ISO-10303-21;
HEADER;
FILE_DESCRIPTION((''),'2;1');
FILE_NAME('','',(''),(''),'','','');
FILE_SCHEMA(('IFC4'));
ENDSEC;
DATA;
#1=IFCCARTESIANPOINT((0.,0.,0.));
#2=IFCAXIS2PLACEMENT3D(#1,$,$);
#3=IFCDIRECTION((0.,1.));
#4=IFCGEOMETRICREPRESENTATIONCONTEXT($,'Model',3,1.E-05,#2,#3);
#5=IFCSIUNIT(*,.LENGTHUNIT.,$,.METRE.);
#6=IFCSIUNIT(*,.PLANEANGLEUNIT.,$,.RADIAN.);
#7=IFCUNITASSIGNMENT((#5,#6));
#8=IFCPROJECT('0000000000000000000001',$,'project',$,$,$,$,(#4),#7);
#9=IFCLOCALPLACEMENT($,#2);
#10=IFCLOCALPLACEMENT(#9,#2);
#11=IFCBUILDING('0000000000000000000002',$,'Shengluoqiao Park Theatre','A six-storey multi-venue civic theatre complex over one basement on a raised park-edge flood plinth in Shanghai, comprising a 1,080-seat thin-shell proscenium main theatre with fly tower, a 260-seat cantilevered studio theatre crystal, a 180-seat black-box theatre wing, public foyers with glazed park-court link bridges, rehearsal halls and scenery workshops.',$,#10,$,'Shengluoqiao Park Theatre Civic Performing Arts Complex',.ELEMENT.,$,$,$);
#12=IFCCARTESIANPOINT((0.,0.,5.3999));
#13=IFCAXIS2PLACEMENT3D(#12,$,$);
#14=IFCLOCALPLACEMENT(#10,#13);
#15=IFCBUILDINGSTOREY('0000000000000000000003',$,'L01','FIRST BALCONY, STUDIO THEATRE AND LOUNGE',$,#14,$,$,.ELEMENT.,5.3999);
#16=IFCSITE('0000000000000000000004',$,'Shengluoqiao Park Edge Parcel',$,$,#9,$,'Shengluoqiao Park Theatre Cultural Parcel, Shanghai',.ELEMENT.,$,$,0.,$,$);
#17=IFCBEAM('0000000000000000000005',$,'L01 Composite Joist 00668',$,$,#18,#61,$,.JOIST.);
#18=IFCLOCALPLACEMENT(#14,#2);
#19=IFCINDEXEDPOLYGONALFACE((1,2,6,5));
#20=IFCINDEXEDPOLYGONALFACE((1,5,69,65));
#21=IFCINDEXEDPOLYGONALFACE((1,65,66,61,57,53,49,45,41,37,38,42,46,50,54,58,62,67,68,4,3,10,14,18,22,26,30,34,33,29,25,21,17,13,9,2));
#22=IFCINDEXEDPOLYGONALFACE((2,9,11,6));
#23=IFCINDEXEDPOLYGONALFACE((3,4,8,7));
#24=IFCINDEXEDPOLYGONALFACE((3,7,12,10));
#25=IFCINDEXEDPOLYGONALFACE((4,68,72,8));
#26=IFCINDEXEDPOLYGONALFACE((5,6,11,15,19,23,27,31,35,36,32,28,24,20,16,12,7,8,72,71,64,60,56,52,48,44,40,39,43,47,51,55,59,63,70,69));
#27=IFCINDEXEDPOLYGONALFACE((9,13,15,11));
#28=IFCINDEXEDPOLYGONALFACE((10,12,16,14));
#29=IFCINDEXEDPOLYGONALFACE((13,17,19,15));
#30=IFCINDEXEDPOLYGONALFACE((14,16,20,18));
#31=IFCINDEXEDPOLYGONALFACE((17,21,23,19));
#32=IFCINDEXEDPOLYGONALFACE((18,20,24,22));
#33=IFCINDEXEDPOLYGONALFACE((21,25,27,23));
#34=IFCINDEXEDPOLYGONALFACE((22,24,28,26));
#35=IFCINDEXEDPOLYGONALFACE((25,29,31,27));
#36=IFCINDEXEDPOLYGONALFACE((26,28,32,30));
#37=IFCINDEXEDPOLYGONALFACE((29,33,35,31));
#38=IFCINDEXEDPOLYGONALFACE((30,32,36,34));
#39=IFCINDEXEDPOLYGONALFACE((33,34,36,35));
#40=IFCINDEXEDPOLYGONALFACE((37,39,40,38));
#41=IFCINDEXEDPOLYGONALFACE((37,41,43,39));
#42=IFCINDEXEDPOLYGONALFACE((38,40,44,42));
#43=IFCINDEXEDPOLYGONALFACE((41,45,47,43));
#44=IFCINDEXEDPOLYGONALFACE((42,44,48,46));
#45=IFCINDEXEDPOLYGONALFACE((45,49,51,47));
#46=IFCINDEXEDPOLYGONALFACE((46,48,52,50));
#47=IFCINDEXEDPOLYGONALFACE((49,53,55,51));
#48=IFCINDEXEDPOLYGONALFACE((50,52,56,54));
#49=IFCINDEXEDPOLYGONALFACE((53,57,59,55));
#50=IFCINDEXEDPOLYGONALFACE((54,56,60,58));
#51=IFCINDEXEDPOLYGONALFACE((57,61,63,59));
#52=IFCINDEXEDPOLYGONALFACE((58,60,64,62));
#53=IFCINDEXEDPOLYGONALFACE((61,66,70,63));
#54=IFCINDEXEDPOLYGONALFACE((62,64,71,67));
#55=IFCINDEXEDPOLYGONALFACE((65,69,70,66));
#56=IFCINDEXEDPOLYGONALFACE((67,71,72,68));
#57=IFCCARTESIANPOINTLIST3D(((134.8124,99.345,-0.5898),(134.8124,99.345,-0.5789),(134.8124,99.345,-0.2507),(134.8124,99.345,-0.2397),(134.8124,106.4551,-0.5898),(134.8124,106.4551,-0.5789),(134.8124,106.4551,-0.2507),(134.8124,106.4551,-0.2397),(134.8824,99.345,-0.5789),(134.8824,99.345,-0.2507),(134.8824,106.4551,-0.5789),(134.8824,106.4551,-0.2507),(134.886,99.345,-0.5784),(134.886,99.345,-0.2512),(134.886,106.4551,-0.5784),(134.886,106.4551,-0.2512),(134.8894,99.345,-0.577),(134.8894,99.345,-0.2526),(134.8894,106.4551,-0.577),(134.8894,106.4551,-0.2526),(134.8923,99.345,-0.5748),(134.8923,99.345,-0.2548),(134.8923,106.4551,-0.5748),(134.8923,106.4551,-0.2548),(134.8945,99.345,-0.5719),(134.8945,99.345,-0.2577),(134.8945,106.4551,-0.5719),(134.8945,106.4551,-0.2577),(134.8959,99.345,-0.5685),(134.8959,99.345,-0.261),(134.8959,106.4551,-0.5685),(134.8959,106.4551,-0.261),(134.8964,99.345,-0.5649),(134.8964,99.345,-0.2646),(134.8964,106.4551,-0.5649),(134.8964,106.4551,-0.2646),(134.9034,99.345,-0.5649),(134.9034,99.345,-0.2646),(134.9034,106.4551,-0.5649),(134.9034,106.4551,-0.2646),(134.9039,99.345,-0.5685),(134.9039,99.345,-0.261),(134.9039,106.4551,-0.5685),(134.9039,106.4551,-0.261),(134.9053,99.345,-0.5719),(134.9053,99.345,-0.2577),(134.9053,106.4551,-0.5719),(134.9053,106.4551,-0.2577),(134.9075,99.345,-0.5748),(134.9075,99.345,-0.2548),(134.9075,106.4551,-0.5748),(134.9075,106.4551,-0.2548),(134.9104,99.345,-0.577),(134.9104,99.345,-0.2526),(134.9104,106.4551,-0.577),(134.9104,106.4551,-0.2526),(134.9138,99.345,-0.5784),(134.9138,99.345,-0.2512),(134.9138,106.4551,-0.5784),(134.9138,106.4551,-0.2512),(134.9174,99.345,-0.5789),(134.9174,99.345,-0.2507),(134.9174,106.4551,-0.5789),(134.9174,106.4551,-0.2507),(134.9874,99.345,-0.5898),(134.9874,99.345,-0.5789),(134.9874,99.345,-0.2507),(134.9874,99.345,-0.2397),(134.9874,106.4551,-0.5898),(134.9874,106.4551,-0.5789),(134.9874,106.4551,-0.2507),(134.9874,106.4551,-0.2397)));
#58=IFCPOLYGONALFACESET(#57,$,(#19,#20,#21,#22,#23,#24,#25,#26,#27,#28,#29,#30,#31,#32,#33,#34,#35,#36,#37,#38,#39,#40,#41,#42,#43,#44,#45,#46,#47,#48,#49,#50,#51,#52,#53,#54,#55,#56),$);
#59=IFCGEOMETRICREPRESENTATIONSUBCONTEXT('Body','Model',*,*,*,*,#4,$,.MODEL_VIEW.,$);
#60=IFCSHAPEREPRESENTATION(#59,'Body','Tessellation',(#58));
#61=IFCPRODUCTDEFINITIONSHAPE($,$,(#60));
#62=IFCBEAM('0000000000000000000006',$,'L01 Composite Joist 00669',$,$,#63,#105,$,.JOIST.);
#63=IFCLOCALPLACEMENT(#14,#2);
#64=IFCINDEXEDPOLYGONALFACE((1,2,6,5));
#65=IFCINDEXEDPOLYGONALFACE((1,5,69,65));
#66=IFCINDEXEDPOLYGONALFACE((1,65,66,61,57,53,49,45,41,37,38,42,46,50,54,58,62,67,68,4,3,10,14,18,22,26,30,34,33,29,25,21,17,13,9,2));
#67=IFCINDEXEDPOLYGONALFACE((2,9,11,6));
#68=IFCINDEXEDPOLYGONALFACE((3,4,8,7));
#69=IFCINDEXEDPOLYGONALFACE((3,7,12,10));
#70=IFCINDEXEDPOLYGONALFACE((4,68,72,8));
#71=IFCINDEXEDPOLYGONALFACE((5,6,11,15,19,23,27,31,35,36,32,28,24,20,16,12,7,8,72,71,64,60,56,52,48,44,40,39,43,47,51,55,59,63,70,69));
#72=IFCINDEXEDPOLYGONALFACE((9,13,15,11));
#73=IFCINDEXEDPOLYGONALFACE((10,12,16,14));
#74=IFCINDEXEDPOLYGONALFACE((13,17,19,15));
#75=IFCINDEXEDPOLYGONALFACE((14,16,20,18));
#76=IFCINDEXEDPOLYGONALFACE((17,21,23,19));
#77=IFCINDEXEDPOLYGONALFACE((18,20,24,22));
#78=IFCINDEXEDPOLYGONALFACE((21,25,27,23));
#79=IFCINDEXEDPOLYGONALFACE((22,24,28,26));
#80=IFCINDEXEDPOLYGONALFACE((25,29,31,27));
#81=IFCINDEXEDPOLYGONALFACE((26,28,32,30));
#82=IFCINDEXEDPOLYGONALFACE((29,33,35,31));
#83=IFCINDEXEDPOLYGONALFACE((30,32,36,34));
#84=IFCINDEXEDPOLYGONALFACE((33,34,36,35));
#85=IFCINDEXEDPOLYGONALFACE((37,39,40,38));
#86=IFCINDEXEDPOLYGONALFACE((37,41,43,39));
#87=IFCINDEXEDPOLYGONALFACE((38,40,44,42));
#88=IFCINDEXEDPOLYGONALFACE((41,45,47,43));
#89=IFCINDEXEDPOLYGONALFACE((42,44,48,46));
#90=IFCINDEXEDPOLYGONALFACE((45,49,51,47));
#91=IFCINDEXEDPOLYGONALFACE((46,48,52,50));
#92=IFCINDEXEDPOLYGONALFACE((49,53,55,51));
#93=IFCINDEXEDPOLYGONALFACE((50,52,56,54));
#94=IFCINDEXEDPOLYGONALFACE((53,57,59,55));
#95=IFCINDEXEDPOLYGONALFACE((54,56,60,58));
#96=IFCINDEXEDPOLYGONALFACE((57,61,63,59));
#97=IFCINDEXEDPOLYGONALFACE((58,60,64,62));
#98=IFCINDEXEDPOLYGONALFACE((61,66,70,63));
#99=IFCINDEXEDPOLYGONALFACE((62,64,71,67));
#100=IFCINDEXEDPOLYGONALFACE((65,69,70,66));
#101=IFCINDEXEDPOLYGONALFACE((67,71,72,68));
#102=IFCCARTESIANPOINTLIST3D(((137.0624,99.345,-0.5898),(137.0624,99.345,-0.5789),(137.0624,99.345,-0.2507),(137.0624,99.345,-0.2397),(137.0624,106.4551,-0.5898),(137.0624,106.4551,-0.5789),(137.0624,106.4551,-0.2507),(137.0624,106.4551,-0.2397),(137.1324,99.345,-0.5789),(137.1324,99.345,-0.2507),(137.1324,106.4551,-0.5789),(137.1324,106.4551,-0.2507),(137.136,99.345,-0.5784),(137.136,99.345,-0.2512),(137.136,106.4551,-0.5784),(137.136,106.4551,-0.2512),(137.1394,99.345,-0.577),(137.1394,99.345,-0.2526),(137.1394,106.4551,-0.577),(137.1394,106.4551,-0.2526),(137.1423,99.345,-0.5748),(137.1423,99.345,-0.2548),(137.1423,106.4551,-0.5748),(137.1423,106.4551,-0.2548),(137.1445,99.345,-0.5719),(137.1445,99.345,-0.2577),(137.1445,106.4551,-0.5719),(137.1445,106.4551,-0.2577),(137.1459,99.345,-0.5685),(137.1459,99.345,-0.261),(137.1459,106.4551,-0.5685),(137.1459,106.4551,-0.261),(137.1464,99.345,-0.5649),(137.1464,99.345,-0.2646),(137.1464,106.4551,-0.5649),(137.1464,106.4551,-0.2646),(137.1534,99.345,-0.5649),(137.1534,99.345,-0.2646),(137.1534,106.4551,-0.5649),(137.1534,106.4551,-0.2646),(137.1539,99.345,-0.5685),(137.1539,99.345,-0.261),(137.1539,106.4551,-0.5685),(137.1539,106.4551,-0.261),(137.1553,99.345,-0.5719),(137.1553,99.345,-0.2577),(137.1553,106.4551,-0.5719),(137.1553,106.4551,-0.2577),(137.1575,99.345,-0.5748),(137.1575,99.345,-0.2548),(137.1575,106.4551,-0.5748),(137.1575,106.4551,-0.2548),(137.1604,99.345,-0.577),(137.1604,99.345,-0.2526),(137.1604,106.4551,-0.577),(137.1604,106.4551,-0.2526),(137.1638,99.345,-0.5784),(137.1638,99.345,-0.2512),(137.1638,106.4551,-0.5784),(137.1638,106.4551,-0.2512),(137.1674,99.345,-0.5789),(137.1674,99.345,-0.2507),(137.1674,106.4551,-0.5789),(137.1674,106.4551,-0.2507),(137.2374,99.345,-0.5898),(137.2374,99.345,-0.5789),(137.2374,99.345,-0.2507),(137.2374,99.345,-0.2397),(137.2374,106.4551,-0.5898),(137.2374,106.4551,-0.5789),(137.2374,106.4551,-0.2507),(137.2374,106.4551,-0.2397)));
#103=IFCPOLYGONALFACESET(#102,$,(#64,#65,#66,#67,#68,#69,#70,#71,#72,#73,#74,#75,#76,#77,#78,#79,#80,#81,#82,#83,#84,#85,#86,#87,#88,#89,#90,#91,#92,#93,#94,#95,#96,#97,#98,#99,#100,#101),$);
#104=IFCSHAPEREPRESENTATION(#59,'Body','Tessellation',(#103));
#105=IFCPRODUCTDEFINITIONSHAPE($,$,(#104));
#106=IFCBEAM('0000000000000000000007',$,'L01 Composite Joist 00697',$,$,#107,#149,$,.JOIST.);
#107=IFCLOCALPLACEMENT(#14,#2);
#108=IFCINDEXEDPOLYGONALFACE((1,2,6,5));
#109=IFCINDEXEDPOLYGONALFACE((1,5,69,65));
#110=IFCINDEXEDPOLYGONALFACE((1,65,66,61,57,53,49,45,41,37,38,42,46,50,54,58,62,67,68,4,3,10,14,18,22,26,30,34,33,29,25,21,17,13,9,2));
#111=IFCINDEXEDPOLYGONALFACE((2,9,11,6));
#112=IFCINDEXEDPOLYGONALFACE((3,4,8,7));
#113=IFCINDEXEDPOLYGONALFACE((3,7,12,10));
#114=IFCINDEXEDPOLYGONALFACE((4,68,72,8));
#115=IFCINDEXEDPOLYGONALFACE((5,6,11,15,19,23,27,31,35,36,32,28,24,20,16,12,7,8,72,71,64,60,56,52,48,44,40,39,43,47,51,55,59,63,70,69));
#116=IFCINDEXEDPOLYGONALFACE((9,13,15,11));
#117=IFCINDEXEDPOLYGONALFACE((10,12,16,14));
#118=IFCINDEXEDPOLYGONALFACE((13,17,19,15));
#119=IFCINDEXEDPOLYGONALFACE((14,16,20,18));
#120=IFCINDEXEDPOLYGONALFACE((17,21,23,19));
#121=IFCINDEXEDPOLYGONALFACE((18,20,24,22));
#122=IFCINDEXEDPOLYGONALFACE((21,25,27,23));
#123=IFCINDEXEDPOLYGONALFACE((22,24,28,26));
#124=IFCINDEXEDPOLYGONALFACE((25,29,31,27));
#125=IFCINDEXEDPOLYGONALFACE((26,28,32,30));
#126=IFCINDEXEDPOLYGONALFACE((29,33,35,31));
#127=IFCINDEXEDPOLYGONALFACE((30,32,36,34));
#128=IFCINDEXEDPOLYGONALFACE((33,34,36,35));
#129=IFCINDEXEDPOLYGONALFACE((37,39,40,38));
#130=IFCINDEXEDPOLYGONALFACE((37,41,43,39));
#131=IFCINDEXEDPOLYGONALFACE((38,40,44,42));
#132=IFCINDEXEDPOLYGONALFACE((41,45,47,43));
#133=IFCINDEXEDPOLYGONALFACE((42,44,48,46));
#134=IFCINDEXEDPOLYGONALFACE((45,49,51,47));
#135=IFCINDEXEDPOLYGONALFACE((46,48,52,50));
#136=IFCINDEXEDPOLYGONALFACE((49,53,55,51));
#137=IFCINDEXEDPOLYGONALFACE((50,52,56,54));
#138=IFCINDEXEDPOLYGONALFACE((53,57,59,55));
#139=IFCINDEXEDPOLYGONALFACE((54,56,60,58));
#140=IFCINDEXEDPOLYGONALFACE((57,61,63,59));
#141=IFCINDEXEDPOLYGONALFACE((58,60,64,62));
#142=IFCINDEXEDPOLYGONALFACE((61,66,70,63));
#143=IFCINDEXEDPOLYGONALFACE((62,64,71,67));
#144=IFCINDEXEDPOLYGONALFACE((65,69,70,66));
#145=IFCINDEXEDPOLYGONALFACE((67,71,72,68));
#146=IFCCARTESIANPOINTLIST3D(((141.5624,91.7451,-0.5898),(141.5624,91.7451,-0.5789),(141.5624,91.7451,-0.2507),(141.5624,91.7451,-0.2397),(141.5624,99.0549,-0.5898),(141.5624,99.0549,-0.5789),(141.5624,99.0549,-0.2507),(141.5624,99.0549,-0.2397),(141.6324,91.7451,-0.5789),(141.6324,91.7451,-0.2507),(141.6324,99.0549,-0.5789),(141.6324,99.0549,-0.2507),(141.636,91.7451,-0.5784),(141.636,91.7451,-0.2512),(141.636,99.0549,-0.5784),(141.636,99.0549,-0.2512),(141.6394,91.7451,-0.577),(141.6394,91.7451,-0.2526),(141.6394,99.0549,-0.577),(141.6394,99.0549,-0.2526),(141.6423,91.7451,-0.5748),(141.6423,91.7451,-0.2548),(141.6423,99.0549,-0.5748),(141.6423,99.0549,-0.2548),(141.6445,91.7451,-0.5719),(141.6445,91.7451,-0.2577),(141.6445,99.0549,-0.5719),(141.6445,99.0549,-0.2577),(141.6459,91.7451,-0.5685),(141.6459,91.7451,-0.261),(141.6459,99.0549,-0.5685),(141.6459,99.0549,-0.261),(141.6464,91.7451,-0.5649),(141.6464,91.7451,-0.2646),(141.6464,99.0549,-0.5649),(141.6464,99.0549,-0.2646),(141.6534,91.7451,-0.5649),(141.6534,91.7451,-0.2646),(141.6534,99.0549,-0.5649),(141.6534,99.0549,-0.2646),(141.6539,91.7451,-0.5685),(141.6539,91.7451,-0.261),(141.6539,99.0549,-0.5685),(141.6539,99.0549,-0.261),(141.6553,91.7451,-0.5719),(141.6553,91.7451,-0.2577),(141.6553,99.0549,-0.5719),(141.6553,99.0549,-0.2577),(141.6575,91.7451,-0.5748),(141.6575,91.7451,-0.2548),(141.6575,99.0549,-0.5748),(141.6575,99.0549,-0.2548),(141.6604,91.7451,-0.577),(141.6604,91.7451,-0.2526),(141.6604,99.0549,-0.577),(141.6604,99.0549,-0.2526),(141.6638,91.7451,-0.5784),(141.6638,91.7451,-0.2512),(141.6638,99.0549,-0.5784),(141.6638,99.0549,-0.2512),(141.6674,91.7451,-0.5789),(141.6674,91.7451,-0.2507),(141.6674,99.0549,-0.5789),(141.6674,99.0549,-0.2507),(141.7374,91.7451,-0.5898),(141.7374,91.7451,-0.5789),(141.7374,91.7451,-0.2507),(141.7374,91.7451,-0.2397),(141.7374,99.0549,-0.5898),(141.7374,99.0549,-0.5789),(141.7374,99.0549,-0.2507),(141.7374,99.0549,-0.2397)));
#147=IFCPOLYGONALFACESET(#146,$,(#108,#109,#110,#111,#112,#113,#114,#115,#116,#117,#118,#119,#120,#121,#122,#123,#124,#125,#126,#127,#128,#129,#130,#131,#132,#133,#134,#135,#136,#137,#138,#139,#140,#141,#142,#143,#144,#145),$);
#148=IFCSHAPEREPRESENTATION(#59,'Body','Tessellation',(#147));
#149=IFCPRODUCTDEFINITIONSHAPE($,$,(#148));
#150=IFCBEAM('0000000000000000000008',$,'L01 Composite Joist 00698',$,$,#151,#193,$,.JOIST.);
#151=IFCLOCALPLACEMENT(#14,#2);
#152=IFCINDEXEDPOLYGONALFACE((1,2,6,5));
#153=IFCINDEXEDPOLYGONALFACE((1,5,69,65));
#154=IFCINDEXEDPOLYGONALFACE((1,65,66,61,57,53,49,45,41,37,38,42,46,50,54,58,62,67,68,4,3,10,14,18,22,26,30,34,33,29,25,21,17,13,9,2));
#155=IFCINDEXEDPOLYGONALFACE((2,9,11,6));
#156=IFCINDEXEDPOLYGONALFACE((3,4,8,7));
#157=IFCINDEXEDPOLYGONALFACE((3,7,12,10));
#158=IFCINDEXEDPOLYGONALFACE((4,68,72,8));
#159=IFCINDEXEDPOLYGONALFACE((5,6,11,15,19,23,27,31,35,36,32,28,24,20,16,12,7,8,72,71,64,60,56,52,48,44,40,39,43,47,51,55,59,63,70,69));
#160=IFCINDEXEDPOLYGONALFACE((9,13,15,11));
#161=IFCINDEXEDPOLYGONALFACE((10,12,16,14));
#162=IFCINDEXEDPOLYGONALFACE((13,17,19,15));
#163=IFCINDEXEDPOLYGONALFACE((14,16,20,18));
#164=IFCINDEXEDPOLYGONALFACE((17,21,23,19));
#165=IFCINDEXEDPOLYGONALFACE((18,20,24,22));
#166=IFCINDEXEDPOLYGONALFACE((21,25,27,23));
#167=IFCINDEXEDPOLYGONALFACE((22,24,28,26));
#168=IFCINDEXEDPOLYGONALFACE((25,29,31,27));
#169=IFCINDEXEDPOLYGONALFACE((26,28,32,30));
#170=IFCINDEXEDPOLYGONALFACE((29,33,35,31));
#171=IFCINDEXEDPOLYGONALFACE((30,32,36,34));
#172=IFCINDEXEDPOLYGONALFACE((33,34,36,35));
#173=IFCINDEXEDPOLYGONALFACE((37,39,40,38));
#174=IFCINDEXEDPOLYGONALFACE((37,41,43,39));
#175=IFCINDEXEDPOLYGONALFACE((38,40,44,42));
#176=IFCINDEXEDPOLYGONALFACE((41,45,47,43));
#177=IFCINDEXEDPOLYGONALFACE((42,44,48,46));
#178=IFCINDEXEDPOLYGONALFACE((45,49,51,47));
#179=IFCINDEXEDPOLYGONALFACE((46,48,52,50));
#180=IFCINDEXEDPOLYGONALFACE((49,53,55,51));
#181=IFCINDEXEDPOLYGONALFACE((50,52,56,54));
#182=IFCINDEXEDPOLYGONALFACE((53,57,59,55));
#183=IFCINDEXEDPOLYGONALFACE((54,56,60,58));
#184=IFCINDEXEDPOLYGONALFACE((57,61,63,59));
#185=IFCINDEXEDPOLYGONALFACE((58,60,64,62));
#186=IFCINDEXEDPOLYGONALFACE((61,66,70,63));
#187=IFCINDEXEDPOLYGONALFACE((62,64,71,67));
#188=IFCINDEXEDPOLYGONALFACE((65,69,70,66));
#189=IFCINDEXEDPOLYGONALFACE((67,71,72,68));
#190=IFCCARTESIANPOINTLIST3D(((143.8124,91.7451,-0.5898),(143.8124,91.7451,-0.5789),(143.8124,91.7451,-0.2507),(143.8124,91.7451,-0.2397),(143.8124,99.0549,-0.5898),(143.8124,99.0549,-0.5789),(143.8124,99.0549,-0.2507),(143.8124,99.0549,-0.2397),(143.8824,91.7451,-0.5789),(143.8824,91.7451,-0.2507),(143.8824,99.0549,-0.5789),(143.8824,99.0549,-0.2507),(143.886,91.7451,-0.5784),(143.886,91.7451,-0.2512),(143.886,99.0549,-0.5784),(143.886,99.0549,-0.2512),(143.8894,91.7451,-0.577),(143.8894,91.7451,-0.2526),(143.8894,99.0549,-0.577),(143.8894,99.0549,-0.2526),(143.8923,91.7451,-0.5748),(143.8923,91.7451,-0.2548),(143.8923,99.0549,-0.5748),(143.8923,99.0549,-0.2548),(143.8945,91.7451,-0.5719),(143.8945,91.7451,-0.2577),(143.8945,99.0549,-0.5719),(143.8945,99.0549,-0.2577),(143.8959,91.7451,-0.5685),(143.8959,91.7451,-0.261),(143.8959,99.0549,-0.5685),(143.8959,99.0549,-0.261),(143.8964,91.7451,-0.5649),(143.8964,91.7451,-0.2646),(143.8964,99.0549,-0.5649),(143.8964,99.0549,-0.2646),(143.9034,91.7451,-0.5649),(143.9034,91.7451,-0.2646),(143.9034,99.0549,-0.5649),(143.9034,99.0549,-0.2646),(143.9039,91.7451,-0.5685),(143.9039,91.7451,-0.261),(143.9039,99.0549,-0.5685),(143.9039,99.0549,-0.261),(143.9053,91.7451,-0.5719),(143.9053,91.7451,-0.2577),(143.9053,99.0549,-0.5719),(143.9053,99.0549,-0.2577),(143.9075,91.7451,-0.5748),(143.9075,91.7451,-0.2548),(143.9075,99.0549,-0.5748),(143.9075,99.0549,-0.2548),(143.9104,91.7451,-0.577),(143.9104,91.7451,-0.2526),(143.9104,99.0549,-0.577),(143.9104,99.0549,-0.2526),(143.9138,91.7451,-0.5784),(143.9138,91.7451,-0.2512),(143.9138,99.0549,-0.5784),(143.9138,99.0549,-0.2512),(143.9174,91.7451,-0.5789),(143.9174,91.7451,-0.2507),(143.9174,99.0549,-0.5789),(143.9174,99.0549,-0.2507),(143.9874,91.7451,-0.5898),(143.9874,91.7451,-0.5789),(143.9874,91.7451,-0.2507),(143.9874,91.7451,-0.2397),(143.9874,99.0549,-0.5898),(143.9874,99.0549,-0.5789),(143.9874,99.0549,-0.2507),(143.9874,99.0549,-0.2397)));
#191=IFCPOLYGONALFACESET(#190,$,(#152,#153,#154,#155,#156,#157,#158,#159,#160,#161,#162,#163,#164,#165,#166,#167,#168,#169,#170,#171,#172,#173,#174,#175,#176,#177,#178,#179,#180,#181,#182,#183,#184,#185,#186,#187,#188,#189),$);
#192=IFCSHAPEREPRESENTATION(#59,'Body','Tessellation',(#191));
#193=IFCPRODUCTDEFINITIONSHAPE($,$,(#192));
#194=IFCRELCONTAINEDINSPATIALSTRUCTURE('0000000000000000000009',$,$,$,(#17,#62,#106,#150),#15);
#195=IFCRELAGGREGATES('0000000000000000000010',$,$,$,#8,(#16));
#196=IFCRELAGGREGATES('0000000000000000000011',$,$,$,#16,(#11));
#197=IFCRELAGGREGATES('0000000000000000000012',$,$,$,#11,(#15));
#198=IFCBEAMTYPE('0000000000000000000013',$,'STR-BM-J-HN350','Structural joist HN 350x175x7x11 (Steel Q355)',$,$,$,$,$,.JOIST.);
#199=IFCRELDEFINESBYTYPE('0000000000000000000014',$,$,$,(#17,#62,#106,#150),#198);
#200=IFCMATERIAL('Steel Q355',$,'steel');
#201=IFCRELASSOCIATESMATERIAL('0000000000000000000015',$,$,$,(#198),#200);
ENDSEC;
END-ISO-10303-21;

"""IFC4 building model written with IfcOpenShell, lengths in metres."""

from ifc_helpers import new_model, si_unit, direction, frame, origin, origin_2d, place, context, subcontext, project, spatial, i_section, extrude, material, material_profile, profile_set, type_object, element, save


model = new_model("IFC4")

# Units and contexts
model_context = context("Model", 3, precision=1e-05, world=origin(), true_north=direction((0.0, 1.0)))
body_context = subcontext(model_context, "Body", "Model", "MODEL_VIEW")
ifc_project = project(units=[si_unit("LENGTHUNIT", "METRE"), si_unit("PLANEANGLEUNIT", "RADIAN")], contexts=[model_context])

# Site, building, storey
site_placement = place(None, origin())
site = spatial("IfcSite", under=ifc_project, at=site_placement, Name="Shengluoqiao Park Edge Parcel", LongName="Shengluoqiao Park Theatre Cultural Parcel, Shanghai", CompositionType="ELEMENT", RefElevation=0.0)
building_placement = place(site_placement, origin())
building = spatial("IfcBuilding", under=site, at=building_placement, Name="Shengluoqiao Park Theatre", Description="A six-storey multi-venue civic theatre complex over one basement on a raised park-edge flood plinth in Shanghai, comprising a 1,080-seat thin-shell proscenium main theatre with fly tower, a 260-seat cantilevered studio theatre crystal, a 180-seat black-box theatre wing, public foyers with glazed park-court link bridges, rehearsal halls and scenery workshops.", LongName="Shengluoqiao Park Theatre Civic Performing Arts Complex", CompositionType="ELEMENT")
storey_placement = place(building_placement, frame((0.0, 0.0, 5.3999)))
storey = spatial("IfcBuildingStorey", under=building, at=storey_placement, Name="L01", Description="FIRST BALCONY, STUDIO THEATRE AND LOUNGE", CompositionType="ELEMENT", Elevation=5.3999)

# Beams
ifc_material_1 = material(Name="Steel Q355", Category="steel")
ifc_material_profile_1 = material_profile(ifc_material_1, i_section(OverallWidth=0.175, OverallDepth=0.3501, WebThickness=0.0071, FlangeThickness=0.011, FilletRadius=0.0139, at=origin_2d()), Name="HN 350x175x7x11")
ifc_profile_set_1 = profile_set([ifc_material_profile_1], Name="Steel Q355")
beam_type_1 = type_object("IfcBeamType", Name="STR-BM-J-HN350", Description="Structural joist HN 350x175x7x11 (Steel Q355)", PredefinedType="JOIST", material=ifc_profile_set_1)
for number, where, z_axis, x_axis, name in (
    (1, (134.8999, 99.345, -0.4148), (0.0, 1.0, 0.0), (-1.0, 0.0, 0.0), "L01 Composite Joist 00668"),
    (2, (137.1499, 99.345, -0.4148), (0.0, 1.0, 0.0), (-1.0, 0.0, 0.0), "L01 Composite Joist 00669"),
):
    element("IfcBeam", number, at=place(storey_placement, frame(where, z_axis=z_axis, x_axis=x_axis)), inside=storey, type_object=beam_type_1, Name=name, PredefinedType="JOIST", context=body_context, shape_type="SweptSolid", body=[
        extrude(i_section(OverallWidth=0.175, OverallDepth=0.3501, WebThickness=0.0071, FlangeThickness=0.011, FilletRadius=0.0139, at=origin_2d()), origin(), (0.0, 0.0, 1.0), 7.1101),
    ])
for number, where, z_axis, x_axis, name in (
    (3, (141.6499, 91.7451, -0.4148), (0.0, 1.0, 0.0), (-1.0, 0.0, 0.0), "L01 Composite Joist 00697"),
    (4, (143.8999, 91.7451, -0.4148), (0.0, 1.0, 0.0), (-1.0, 0.0, 0.0), "L01 Composite Joist 00698"),
):
    element("IfcBeam", number, at=place(storey_placement, frame(where, z_axis=z_axis, x_axis=x_axis)), inside=storey, type_object=beam_type_1, Name=name, PredefinedType="JOIST", context=body_context, shape_type="SweptSolid", body=[
        extrude(i_section(OverallWidth=0.175, OverallDepth=0.3501, WebThickness=0.0071, FlangeThickness=0.011, FilletRadius=0.0139, at=origin_2d()), origin(), (0.0, 0.0, 1.0), 7.3098),
    ])

save(model, "model.ifc")
